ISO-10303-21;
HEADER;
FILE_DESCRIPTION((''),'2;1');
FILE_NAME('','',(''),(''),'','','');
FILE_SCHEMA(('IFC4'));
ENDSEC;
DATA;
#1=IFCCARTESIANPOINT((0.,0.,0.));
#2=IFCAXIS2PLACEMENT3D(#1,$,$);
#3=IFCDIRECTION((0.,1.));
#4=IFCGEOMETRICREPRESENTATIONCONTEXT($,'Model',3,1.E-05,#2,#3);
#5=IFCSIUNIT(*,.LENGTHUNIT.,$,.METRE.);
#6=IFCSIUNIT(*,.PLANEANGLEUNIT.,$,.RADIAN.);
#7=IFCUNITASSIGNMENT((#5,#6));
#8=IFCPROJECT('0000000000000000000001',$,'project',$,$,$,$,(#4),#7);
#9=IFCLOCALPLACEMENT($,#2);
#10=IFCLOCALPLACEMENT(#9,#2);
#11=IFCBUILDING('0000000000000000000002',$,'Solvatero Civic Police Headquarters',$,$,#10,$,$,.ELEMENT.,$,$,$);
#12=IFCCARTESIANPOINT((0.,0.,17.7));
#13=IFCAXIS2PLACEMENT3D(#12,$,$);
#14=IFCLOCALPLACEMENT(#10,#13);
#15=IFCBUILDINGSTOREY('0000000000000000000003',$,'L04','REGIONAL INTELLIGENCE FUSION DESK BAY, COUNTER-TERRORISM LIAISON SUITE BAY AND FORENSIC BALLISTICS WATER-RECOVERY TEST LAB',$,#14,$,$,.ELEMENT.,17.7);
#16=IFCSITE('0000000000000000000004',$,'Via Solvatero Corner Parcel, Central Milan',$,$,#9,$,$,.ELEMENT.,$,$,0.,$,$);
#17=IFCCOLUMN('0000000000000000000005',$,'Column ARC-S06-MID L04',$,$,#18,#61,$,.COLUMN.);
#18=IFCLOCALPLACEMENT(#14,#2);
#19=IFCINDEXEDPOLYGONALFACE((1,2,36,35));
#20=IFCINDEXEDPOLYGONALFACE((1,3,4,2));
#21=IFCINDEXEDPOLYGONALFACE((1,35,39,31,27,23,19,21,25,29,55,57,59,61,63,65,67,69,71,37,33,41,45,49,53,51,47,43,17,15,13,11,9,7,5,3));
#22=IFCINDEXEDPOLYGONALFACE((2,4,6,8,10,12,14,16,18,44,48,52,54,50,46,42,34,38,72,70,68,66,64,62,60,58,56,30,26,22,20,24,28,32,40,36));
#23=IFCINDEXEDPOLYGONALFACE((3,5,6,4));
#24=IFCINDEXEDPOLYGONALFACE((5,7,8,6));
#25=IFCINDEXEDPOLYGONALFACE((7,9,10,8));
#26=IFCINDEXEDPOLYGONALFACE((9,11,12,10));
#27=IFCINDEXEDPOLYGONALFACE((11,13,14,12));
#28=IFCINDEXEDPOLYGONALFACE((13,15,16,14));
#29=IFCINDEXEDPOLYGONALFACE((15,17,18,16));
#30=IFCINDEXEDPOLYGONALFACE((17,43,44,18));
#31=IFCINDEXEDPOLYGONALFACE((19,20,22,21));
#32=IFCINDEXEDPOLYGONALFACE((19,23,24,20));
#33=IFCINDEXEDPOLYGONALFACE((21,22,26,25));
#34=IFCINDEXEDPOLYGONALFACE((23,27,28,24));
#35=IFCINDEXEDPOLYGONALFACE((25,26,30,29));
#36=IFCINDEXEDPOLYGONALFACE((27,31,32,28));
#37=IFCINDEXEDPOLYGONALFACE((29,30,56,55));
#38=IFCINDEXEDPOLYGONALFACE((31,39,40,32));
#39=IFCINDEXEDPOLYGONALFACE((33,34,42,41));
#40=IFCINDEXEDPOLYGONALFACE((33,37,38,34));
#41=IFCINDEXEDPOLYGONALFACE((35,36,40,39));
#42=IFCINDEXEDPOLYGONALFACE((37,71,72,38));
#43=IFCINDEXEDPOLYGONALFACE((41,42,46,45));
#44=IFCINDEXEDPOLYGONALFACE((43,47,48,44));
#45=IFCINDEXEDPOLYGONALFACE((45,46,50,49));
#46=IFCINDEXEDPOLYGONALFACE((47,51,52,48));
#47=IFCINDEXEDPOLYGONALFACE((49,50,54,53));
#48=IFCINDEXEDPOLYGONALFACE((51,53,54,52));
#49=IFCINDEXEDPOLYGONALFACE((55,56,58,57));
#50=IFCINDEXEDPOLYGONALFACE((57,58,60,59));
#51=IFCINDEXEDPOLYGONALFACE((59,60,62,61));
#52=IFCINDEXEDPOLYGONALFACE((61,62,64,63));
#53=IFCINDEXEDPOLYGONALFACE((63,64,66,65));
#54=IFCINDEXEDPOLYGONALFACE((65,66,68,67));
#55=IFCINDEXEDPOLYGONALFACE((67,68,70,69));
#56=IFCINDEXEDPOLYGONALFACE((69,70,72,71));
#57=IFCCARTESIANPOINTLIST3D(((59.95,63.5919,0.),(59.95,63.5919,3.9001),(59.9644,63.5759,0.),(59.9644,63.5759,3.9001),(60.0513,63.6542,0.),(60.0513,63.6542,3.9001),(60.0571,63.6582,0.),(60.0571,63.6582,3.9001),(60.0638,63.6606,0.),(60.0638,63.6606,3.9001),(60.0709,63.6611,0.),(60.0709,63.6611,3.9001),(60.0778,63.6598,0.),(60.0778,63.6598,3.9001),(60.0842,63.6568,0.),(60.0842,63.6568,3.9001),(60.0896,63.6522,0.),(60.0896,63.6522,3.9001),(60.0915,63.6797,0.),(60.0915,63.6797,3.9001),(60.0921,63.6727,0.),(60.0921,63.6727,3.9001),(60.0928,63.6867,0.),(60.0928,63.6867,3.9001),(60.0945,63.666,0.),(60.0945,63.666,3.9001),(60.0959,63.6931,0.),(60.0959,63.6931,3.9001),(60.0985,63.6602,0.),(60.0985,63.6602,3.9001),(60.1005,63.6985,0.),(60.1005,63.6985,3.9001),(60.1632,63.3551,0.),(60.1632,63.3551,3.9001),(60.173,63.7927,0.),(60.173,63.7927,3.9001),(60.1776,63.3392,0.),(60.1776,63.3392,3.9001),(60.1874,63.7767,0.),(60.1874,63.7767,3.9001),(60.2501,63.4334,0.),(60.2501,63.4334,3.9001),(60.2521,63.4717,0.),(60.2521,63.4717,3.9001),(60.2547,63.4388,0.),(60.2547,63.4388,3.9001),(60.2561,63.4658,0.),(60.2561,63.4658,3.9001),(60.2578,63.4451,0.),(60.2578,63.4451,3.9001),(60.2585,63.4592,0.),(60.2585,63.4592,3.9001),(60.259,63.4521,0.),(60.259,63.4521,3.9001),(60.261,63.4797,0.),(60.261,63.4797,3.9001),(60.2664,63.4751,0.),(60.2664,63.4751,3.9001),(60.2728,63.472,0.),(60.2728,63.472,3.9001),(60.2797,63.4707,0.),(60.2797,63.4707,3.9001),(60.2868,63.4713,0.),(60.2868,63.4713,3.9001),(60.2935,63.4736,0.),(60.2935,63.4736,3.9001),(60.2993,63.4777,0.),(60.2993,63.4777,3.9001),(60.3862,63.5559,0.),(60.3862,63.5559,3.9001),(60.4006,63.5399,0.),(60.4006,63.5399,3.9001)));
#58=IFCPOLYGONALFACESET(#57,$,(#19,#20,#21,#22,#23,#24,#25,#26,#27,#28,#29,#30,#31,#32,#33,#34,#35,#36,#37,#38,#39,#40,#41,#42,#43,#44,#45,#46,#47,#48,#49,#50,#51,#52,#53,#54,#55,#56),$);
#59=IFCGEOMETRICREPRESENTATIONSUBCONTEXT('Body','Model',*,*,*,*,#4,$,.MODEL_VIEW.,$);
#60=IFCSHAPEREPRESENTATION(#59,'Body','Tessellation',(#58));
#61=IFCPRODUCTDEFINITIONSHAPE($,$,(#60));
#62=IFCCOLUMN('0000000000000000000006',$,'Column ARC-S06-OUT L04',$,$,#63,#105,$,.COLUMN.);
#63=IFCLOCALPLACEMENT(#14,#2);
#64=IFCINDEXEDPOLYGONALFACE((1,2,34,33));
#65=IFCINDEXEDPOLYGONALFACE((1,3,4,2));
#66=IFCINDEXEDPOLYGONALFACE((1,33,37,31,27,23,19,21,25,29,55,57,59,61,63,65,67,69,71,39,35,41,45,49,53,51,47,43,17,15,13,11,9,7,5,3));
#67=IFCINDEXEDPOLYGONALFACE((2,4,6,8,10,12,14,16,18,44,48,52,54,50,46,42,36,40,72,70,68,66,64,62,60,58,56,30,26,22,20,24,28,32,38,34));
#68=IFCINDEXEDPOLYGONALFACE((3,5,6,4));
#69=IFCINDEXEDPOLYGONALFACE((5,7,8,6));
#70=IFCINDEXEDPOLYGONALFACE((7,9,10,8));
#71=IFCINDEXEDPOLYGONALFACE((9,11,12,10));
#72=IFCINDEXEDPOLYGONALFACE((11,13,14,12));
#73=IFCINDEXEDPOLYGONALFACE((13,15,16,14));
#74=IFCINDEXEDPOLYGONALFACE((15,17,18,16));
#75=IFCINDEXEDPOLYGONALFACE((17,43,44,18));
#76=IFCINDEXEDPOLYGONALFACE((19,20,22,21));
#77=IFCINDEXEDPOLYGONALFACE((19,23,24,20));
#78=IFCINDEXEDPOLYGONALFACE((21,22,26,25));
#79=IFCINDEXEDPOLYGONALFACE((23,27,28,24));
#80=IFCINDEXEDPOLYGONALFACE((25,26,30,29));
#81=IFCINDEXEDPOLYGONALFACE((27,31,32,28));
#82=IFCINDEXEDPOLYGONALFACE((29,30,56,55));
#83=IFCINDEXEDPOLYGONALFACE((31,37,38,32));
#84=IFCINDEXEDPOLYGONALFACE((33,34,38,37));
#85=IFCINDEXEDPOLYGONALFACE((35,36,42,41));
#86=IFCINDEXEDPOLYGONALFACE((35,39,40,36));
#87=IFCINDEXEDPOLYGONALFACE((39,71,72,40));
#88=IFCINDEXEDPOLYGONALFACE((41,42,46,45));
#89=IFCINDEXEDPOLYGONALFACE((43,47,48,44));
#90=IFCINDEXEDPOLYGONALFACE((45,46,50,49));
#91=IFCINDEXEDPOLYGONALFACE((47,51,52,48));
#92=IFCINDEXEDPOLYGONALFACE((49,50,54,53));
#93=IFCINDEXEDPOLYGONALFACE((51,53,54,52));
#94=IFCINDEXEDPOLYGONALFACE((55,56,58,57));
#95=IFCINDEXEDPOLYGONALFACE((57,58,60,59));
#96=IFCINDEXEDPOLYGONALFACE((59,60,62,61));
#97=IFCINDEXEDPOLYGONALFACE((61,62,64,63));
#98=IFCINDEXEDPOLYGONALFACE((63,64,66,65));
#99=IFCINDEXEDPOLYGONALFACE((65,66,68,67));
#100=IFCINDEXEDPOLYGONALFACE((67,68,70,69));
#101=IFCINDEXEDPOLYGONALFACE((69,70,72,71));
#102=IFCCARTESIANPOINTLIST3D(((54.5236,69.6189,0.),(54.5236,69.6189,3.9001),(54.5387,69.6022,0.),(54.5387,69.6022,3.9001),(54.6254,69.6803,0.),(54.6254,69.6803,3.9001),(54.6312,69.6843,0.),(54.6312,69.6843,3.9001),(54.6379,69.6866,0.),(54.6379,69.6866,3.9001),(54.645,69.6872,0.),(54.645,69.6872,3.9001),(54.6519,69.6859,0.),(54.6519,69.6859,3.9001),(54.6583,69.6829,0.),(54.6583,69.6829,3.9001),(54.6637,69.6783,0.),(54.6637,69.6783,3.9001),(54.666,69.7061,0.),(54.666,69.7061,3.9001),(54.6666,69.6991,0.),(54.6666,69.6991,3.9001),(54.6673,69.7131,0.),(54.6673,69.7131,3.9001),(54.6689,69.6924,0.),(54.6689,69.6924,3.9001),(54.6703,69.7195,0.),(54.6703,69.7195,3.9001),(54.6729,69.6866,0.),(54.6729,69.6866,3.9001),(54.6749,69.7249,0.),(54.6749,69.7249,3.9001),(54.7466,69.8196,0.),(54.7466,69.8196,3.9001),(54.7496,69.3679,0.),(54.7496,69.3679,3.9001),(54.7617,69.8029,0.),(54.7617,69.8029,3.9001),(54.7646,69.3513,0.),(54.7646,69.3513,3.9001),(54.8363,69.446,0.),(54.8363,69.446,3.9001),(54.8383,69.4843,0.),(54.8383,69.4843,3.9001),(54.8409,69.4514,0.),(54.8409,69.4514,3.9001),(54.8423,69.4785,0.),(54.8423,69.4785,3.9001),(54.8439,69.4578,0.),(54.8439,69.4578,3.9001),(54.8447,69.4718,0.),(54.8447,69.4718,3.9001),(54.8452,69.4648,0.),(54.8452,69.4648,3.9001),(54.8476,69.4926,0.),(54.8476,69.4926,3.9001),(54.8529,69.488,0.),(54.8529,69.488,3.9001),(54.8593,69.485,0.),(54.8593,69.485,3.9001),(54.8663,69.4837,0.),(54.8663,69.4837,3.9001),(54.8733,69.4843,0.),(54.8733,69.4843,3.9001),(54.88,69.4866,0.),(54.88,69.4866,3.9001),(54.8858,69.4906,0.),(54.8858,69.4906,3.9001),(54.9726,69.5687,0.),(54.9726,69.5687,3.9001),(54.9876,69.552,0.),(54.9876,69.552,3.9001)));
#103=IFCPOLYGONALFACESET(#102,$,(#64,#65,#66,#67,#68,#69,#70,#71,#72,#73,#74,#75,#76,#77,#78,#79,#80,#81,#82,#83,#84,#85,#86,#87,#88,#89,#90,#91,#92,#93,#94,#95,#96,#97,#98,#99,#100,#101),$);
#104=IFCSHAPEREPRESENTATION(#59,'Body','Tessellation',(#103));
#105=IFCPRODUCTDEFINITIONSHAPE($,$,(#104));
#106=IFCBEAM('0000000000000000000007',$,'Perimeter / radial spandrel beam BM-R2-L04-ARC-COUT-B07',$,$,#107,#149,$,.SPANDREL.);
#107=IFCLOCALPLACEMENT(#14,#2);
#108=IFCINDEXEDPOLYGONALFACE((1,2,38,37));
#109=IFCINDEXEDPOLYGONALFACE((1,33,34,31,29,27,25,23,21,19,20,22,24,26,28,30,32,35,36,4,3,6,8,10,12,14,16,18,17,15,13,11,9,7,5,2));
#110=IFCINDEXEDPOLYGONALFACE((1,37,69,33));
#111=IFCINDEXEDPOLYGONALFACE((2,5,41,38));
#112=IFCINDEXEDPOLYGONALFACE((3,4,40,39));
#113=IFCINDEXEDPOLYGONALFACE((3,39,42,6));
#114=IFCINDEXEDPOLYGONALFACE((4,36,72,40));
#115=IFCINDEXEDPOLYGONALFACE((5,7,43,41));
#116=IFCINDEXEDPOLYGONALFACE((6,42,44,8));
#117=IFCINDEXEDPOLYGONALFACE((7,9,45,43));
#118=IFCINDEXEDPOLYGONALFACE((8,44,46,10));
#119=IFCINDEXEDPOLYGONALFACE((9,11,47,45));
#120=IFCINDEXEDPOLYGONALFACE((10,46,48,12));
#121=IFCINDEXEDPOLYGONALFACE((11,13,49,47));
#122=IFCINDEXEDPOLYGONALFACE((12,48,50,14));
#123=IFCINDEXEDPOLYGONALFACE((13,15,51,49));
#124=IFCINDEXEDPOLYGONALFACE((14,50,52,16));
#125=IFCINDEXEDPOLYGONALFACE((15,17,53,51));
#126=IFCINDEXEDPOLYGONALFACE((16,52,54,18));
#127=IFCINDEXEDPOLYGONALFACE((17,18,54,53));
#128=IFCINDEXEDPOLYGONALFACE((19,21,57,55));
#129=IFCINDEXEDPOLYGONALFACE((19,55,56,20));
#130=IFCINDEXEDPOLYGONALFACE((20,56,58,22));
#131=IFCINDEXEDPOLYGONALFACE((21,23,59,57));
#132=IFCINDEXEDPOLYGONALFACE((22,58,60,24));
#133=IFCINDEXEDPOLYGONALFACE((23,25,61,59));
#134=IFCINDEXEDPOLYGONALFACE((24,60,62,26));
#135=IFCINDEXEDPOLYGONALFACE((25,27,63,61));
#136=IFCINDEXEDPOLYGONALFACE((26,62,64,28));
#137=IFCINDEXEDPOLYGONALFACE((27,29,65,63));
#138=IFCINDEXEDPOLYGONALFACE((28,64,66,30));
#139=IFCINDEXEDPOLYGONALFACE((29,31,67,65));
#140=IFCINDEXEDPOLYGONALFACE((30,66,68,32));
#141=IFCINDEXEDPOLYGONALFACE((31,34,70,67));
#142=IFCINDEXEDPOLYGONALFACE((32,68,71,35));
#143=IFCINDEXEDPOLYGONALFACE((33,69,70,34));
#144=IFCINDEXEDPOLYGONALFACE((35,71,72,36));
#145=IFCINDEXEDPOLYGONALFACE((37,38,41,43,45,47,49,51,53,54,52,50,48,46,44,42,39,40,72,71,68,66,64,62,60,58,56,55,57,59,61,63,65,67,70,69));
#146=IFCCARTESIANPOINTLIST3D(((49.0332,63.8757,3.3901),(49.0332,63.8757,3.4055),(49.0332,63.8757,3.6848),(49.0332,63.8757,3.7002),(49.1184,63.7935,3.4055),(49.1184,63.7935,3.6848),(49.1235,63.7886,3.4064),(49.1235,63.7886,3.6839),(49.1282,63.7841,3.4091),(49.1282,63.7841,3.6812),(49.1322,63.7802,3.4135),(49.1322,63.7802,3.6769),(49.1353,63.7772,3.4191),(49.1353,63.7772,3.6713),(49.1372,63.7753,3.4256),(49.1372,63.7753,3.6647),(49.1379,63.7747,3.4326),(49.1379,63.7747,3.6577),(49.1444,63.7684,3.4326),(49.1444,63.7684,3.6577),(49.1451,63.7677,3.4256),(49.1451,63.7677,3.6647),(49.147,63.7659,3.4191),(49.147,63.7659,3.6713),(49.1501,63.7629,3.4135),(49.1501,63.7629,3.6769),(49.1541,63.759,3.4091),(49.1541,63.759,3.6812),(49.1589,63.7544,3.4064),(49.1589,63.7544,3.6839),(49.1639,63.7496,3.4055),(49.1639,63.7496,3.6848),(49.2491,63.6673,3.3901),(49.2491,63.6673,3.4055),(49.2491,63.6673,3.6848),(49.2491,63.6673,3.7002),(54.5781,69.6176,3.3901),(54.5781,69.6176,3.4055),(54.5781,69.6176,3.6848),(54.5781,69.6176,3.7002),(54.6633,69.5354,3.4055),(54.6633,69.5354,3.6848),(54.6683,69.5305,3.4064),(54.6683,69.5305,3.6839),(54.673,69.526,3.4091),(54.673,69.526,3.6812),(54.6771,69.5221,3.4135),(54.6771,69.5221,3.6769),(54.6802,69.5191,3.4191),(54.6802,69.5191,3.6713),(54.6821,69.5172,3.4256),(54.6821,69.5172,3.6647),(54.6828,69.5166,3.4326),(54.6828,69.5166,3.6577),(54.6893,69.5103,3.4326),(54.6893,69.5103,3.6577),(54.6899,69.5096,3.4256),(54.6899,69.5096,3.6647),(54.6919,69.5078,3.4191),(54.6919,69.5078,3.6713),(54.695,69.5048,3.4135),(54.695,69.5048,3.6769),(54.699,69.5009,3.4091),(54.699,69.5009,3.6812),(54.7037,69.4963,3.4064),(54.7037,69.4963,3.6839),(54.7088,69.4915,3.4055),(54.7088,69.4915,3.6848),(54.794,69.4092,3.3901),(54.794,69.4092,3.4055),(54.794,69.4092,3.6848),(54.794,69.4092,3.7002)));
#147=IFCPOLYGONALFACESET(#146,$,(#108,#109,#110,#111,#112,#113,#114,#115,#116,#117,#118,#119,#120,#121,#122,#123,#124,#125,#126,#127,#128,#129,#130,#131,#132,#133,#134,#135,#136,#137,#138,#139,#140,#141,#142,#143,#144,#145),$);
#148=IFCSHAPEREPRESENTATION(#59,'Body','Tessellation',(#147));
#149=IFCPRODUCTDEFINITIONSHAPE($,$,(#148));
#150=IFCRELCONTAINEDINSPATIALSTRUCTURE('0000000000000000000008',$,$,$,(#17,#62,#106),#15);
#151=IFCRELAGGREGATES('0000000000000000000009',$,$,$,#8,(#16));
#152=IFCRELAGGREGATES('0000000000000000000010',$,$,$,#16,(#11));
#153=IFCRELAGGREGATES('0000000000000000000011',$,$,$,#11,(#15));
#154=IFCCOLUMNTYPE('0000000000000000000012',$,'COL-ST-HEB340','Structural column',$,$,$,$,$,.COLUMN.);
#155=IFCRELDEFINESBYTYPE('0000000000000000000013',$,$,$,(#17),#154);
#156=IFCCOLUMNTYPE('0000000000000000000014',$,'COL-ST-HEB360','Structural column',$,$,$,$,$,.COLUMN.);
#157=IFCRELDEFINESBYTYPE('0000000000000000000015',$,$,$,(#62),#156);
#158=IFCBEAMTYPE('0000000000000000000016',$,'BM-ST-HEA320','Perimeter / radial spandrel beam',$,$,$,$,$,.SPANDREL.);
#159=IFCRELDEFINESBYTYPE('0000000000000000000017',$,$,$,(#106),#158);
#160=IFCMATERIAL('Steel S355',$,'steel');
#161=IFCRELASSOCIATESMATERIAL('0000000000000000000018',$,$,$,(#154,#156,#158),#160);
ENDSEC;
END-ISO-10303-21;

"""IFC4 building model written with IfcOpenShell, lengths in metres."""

from ifc_helpers import new_model, si_unit, direction, frame, origin, origin_2d, place, context, subcontext, project, spatial, i_section, extrude, material, material_profile, profile_set, type_object, element, save


model = new_model("IFC4")

# Units and contexts
model_context = context("Model", 3, precision=1e-05, world=origin(), true_north=direction((0.0, 1.0)))
body_context = subcontext(model_context, "Body", "Model", "MODEL_VIEW")
ifc_project = project(units=[si_unit("LENGTHUNIT", "METRE"), si_unit("PLANEANGLEUNIT", "RADIAN")], contexts=[model_context])

# Site, building, storey
site_placement = place(None, origin())
site = spatial("IfcSite", under=ifc_project, at=site_placement, Name="Via Solvatero Corner Parcel, Central Milan", CompositionType="ELEMENT", RefElevation=0.0)
building_placement = place(site_placement, origin())
building = spatial("IfcBuilding", under=site, at=building_placement, Name="Solvatero Civic Police Headquarters", CompositionType="ELEMENT")
storey_placement = place(building_placement, frame((0.0, 0.0, 17.7)))
storey = spatial("IfcBuildingStorey", under=building, at=storey_placement, Name="L04", Description="REGIONAL INTELLIGENCE FUSION DESK BAY, COUNTER-TERRORISM LIAISON SUITE BAY AND FORENSIC BALLISTICS WATER-RECOVERY TEST LAB", CompositionType="ELEMENT", Elevation=17.7)

# Columns
ifc_material_1 = material(Name="Steel S355", Category="steel")
ifc_material_profile_1 = material_profile(ifc_material_1, i_section(OverallWidth=0.3, OverallDepth=0.3401, WebThickness=0.012, FlangeThickness=0.0215, FilletRadius=0.0271, at=origin_2d()), Name="HEB 340")
ifc_profile_set_1 = profile_set([ifc_material_profile_1], Name="Steel S355")
column_type_1 = type_object("IfcColumnType", Name="COL-ST-HEB340", Description="Structural column", PredefinedType="COLUMN", material=ifc_profile_set_1)
column_1_placement = place(storey_placement, frame((60.1753, 63.5659, 0.0), z_axis=(0.0, 0.0, 1.0), x_axis=(0.743145, 0.669131, 0.0)))
element("IfcColumn", 1, at=column_1_placement, inside=storey, type_object=column_type_1, Name="Column ARC-S06-MID L04", PredefinedType="COLUMN", context=body_context, shape_type="SweptSolid", body=[
    extrude(i_section(OverallWidth=0.3, OverallDepth=0.3401, WebThickness=0.012, FlangeThickness=0.0215, FilletRadius=0.0271, at=origin_2d()), origin(), (0.0, 0.0, 1.0), 3.9001),
])
ifc_material_profile_2 = material_profile(ifc_material_1, i_section(OverallWidth=0.3, OverallDepth=0.3601, WebThickness=0.0125, FlangeThickness=0.0225, FilletRadius=0.0271, at=origin_2d()), Name="HEB 360")
ifc_profile_set_2 = profile_set([ifc_material_profile_2], Name="Steel S355")
column_type_2 = type_object("IfcColumnType", Name="COL-ST-HEB360", Description="Structural column", PredefinedType="COLUMN", material=ifc_profile_set_2)
column_2_placement = place(storey_placement, frame((54.7556, 69.5854, 0.0), z_axis=(0.0, 0.0, 1.0), x_axis=(0.743145, 0.669131, 0.0)))
element("IfcColumn", 2, at=column_2_placement, inside=storey, type_object=column_type_2, Name="Column ARC-S06-OUT L04", PredefinedType="COLUMN", context=body_context, shape_type="SweptSolid", body=[
    extrude(i_section(OverallWidth=0.3, OverallDepth=0.3601, WebThickness=0.0125, FlangeThickness=0.0225, FilletRadius=0.0271, at=origin_2d()), origin(), (0.0, 0.0, 1.0), 3.9001),
])

# Beam
ifc_material_profile_3 = material_profile(ifc_material_1, i_section(OverallWidth=0.3, OverallDepth=0.3101, WebThickness=0.009, FlangeThickness=0.0154, FilletRadius=0.0271, at=origin_2d()), Name="HEA 320")
ifc_profile_set_3 = profile_set([ifc_material_profile_3], Name="Steel S355")
beam_type_1 = type_object("IfcBeamType", Name="BM-ST-HEA320", Description="Perimeter / radial spandrel beam", PredefinedType="SPANDREL", material=ifc_profile_set_3)
beam_1_placement = place(storey_placement, frame((54.686, 69.5134, 3.5452), z_axis=(-0.694658, -0.71934, 0.0), x_axis=(0.71934, -0.694658, 0.0)))
element("IfcBeam", 3, at=beam_1_placement, inside=storey, type_object=beam_type_1, Name="Perimeter / radial spandrel beam BM-R2-L04-ARC-COUT-B07", PredefinedType="SPANDREL", context=body_context, shape_type="SweptSolid", body=[
    extrude(i_section(OverallWidth=0.3, OverallDepth=0.3101, WebThickness=0.009, FlangeThickness=0.0154, FilletRadius=0.0271, at=origin_2d()), origin(), (0.0, 0.0, 1.0), 7.9822),
])

save(model, "model.ifc")
